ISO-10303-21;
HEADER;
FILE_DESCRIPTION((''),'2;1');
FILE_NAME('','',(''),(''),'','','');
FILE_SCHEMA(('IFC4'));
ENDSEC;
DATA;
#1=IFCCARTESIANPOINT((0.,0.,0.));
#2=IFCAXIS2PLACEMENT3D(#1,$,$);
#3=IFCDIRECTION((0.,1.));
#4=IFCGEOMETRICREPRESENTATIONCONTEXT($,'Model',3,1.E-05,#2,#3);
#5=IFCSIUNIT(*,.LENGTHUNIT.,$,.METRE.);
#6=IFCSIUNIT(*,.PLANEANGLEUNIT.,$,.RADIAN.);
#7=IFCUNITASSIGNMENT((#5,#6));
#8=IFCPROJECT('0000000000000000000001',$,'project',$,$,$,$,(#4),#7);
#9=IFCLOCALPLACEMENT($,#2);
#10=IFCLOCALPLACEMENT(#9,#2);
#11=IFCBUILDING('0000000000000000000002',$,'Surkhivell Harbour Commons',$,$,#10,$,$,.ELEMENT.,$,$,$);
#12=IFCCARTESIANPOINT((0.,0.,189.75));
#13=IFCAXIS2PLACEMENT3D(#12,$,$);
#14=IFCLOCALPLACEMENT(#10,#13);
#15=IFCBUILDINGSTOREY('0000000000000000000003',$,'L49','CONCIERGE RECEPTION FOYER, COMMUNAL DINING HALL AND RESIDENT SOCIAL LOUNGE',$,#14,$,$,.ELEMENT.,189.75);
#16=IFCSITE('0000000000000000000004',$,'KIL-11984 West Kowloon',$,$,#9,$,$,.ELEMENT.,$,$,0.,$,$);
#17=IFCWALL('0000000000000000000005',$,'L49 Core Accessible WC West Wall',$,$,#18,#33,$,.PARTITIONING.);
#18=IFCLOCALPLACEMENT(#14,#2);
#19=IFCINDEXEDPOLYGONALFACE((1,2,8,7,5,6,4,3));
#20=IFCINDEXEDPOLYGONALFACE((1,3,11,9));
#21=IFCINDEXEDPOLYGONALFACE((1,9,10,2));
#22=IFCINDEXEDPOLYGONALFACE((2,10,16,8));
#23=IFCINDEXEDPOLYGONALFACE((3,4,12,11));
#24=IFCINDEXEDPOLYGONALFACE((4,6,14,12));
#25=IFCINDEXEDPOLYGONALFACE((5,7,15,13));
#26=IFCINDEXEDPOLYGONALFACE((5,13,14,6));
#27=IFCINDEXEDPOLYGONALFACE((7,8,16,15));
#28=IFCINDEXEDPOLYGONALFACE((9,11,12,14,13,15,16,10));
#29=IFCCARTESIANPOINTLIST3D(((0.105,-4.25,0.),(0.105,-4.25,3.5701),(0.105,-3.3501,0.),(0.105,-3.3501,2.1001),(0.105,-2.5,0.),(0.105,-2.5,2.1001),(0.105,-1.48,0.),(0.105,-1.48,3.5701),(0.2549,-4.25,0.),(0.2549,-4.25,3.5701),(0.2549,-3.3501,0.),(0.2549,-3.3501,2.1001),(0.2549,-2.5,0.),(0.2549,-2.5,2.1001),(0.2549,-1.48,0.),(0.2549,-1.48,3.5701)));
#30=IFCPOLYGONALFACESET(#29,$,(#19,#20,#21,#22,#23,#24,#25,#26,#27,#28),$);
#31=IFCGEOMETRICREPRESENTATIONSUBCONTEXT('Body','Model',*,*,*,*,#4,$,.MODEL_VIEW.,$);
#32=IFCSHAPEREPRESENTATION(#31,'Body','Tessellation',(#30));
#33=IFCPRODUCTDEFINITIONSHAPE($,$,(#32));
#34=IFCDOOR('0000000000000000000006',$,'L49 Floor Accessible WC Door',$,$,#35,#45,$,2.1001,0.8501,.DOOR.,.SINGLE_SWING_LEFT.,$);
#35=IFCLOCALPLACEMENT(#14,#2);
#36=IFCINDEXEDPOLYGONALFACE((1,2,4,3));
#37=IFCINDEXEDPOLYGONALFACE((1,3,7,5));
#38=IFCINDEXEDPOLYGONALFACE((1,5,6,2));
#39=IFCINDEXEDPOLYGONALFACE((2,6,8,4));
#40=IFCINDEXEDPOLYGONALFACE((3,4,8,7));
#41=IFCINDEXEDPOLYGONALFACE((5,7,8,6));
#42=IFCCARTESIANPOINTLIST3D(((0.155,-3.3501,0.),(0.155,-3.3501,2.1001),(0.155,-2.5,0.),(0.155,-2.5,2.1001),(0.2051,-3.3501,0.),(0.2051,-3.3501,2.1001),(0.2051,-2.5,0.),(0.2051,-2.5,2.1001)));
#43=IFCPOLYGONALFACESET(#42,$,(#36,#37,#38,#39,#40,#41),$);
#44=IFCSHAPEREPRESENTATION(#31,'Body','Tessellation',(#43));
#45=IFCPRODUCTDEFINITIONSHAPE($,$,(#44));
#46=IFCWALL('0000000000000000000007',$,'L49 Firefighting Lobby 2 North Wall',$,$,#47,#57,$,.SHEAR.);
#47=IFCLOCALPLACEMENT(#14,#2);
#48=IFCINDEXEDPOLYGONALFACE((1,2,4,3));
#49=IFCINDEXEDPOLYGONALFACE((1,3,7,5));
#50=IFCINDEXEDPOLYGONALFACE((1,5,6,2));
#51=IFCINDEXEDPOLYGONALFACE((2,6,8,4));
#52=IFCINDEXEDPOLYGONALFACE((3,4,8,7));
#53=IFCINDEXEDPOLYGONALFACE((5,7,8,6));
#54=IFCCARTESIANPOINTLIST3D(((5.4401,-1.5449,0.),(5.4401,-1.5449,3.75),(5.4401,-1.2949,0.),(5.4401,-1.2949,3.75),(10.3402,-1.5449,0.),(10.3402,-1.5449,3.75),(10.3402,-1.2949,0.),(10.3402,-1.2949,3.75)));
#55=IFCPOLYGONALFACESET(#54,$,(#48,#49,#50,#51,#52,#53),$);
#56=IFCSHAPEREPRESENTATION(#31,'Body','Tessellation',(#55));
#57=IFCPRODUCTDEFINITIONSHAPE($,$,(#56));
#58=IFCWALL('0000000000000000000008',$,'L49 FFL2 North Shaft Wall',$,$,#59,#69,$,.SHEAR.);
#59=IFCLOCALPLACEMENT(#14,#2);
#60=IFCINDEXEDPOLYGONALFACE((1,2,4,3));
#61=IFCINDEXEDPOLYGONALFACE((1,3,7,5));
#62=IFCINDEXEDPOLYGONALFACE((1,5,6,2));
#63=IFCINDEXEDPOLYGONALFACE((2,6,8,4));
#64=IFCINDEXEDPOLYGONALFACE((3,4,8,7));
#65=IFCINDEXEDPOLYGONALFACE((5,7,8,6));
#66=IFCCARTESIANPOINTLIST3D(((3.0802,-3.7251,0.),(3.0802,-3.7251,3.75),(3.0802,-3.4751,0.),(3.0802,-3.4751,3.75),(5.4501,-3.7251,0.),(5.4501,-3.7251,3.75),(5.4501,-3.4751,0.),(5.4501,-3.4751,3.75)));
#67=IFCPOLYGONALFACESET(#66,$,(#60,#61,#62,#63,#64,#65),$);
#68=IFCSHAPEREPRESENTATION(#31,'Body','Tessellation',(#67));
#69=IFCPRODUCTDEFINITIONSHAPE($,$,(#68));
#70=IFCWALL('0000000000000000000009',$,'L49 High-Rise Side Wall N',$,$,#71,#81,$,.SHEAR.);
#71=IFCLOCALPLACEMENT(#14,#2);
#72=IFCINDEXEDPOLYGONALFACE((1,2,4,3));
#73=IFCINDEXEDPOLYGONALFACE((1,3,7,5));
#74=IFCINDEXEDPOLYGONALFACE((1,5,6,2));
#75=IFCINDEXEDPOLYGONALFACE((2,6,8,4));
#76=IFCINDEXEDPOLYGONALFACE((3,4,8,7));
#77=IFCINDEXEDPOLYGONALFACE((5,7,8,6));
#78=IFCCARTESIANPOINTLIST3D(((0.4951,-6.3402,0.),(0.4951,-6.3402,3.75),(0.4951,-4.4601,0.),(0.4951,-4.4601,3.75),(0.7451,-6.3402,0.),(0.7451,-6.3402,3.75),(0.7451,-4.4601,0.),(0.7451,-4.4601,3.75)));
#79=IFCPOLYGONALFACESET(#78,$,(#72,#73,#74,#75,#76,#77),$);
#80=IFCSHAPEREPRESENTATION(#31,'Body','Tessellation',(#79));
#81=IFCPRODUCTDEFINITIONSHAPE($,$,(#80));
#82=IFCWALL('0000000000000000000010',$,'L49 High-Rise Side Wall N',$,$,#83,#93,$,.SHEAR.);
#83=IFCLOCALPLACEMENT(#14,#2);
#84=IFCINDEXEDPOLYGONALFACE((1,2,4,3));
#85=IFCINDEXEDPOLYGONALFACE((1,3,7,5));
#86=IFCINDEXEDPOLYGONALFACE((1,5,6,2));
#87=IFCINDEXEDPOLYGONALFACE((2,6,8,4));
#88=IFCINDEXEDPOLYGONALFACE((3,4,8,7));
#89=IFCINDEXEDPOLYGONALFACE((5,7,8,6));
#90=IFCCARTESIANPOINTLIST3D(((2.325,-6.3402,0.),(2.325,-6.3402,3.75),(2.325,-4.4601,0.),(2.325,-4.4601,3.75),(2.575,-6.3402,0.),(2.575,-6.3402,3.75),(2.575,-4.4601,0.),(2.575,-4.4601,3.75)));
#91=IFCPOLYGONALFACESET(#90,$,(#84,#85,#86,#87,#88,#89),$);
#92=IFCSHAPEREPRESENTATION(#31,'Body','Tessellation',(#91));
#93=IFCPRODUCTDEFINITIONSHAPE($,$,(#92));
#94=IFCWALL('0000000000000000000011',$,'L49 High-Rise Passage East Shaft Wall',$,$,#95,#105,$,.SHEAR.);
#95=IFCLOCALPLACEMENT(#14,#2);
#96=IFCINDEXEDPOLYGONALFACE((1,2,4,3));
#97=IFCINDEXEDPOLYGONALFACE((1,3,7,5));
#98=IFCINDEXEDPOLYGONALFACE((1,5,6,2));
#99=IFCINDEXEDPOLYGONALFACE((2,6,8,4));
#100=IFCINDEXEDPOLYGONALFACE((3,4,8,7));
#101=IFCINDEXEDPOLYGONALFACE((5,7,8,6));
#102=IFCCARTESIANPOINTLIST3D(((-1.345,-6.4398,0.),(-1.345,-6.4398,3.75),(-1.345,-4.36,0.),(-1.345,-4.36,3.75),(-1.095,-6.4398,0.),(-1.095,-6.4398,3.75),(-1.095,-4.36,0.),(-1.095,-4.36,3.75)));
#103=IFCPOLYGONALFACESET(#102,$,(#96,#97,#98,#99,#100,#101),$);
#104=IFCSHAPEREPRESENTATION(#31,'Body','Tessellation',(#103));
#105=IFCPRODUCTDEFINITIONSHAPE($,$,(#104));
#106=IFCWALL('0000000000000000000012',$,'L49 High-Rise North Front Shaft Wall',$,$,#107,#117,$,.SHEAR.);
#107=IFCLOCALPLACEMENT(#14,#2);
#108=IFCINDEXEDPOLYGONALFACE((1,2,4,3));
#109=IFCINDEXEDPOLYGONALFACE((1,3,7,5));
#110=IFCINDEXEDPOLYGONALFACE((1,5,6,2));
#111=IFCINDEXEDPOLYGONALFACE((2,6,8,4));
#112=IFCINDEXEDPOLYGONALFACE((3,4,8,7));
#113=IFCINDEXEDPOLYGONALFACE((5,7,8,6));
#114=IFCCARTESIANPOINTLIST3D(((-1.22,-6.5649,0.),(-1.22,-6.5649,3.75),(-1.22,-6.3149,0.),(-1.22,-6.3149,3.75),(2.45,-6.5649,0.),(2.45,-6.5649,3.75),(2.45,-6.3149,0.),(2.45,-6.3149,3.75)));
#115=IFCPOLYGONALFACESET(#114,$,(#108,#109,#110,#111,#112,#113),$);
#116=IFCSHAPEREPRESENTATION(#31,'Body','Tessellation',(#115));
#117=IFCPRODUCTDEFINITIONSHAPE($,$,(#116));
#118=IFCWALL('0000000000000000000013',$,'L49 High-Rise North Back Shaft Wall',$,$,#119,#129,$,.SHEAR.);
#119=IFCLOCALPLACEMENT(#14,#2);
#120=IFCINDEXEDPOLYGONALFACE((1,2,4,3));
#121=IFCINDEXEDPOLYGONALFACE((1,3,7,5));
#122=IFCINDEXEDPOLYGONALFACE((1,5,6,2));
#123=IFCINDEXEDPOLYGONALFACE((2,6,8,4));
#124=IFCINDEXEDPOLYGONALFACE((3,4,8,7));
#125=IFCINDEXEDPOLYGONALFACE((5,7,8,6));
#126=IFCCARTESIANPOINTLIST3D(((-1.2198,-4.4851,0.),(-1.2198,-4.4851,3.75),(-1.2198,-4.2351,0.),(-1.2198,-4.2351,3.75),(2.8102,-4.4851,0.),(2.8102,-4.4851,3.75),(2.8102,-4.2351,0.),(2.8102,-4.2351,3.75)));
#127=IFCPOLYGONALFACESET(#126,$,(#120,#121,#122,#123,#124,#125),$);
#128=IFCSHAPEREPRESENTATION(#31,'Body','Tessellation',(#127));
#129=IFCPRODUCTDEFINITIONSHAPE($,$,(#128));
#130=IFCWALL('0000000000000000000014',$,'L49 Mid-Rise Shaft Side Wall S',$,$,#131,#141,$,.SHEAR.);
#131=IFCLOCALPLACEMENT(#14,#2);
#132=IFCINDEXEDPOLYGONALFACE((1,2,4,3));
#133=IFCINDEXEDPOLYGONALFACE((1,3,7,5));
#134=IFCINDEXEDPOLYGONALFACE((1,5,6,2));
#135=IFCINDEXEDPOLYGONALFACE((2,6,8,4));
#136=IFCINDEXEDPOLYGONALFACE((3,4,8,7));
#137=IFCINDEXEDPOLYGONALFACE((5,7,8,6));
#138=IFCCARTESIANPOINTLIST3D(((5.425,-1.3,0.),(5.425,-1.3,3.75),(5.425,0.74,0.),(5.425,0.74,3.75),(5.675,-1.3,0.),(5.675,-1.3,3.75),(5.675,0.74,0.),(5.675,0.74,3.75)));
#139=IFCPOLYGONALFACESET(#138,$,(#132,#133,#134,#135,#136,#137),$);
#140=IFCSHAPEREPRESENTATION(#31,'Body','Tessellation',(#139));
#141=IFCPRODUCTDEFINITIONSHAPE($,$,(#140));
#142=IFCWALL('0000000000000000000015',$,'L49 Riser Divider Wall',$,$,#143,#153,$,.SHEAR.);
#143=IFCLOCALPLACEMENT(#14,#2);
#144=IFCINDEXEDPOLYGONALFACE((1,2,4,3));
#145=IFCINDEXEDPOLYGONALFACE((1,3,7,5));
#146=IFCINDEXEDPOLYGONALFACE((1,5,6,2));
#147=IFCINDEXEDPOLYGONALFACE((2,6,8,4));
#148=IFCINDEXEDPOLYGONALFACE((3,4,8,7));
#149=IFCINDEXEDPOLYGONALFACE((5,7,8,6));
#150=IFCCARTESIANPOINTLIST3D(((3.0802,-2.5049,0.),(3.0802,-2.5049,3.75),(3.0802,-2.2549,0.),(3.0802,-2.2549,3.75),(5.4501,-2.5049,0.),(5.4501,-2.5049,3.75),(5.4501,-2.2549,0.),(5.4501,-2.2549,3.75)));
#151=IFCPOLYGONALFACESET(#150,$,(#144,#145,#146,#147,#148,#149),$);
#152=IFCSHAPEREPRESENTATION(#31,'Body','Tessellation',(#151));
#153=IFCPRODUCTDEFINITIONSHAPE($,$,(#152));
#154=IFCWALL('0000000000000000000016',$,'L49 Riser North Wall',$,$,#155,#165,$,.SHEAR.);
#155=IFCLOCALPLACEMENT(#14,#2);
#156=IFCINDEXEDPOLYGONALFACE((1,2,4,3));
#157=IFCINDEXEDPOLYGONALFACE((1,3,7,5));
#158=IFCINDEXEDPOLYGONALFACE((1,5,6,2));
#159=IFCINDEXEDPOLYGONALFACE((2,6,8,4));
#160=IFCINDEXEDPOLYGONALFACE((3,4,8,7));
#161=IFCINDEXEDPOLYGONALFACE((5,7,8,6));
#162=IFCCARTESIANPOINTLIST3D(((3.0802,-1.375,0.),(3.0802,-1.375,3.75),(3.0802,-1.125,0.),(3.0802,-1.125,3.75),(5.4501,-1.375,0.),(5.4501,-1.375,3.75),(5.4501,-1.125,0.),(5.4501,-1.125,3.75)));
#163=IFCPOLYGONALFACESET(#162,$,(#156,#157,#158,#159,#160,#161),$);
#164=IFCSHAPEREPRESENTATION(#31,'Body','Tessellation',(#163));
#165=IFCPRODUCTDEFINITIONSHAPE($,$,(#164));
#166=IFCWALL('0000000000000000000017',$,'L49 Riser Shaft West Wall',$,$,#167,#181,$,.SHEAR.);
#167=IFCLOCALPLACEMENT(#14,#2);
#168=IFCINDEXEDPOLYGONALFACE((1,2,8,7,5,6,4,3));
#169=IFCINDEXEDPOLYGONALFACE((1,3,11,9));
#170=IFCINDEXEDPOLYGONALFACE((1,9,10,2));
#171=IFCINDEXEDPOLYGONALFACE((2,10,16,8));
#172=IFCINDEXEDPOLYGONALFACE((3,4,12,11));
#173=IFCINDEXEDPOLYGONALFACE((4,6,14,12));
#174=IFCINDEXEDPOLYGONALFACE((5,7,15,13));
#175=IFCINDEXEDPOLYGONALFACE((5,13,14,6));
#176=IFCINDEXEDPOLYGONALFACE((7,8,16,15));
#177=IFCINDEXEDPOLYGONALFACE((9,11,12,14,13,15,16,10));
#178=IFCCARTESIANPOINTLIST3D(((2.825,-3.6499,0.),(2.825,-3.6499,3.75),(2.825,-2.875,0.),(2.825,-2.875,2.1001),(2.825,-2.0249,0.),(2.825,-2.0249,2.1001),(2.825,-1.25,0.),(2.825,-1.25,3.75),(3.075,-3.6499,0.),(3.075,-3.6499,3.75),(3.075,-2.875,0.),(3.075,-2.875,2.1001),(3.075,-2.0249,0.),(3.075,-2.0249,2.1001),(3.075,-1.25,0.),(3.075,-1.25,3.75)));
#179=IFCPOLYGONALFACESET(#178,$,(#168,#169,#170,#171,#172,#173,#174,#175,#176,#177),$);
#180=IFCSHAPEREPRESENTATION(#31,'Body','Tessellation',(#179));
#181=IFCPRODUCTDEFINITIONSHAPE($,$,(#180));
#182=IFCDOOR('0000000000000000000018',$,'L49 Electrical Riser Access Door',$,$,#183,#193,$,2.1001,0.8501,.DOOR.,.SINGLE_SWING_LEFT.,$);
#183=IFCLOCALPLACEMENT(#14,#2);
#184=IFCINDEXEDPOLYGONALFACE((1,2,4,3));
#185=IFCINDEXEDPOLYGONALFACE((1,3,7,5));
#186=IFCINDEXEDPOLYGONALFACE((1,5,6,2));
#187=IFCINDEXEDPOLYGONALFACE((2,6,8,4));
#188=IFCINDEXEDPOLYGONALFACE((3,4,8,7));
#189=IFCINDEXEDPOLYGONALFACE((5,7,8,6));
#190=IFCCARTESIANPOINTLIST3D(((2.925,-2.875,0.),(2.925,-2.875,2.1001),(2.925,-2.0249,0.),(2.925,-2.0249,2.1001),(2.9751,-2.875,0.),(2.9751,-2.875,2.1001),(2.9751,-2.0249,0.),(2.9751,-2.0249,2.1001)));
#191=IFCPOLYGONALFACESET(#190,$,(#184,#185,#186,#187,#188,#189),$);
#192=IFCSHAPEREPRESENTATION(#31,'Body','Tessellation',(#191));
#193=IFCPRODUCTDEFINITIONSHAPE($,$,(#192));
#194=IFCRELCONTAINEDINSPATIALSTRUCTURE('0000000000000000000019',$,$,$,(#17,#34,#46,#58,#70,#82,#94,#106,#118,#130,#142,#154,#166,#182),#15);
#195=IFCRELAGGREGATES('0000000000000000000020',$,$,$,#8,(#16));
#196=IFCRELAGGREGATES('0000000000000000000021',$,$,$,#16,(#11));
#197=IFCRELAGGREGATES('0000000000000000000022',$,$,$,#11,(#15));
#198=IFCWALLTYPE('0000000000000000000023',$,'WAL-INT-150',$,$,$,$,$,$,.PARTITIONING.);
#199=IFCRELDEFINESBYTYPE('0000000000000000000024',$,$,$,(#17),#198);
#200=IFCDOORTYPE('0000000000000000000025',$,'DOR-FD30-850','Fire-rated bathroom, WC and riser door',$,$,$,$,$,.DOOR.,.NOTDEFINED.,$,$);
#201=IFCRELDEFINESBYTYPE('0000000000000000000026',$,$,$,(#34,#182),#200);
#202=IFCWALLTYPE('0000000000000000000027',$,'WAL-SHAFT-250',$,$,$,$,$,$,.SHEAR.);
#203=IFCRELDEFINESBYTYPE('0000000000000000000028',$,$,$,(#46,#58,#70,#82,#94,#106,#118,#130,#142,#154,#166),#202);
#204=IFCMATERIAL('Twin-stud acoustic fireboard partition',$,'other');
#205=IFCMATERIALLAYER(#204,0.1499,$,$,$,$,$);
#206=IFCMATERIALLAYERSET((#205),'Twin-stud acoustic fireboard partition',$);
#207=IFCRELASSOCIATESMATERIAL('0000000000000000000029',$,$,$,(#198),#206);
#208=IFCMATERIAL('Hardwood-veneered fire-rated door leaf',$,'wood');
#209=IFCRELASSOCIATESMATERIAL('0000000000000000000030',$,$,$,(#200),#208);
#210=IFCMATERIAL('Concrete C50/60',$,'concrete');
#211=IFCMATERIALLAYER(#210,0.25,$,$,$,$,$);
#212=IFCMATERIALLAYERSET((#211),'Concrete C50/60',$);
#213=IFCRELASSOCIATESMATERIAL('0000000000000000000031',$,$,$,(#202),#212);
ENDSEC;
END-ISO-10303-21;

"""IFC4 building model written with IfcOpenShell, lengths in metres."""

from ifc_helpers import new_model, si_unit, direction, frame, frame_2d, origin, place, context, subcontext, project, spatial, rectangle, extrude, material, layer, layer_set, type_object, element, fill, save


model = new_model("IFC4")

# Units and contexts
model_context = context("Model", 3, precision=1e-05, world=origin(), true_north=direction((0.0, 1.0)))
body_context = subcontext(model_context, "Body", "Model", "MODEL_VIEW")
ifc_project = project(units=[si_unit("LENGTHUNIT", "METRE"), si_unit("PLANEANGLEUNIT", "RADIAN")], contexts=[model_context])

# Site, building, storey
site_placement = place(None, origin())
site = spatial("IfcSite", under=ifc_project, at=site_placement, Name="KIL-11984 West Kowloon", CompositionType="ELEMENT", RefElevation=0.0)
building_placement = place(site_placement, origin())
building = spatial("IfcBuilding", under=site, at=building_placement, Name="Surkhivell Harbour Commons", CompositionType="ELEMENT")
storey_placement = place(building_placement, frame((0.0, 0.0, 189.75)))
storey = spatial("IfcBuildingStorey", under=building, at=storey_placement, Name="L49", Description="CONCIERGE RECEPTION FOYER, COMMUNAL DINING HALL AND RESIDENT SOCIAL LOUNGE", CompositionType="ELEMENT", Elevation=189.75)

# Shared definitions
ifc_material_1 = material(Name="Twin-stud acoustic fireboard partition", Category="other")
ifc_layer_1 = layer(ifc_material_1, 0.1499)
ifc_layer_set_1 = layer_set([ifc_layer_1], Name="Twin-stud acoustic fireboard partition")
wall_type_1 = type_object("IfcWallType", Name="WAL-INT-150", PredefinedType="PARTITIONING", material=ifc_layer_set_1)

# Wall, opening, door
wall_1_placement = place(storey_placement, frame((0.1799, -4.25, 0.0), z_axis=(0.0, 0.0, 1.0), x_axis=(0.0, 1.0, 0.0)))
wall_1 = element("IfcWall", 1, at=wall_1_placement, inside=storey, type_object=wall_type_1, Name="L49 Core Accessible WC West Wall", PredefinedType="PARTITIONING", context=body_context, shape_type="SweptSolid", body=[
    extrude(rectangle(XDim=2.77, YDim=0.1499, at=frame_2d((1.385, 0.0))), origin(), (0.0, 0.0, 1.0), 3.5701),
])
opening_1_placement = place(wall_1_placement, frame((0.8999, 0.0, 0.0)))
opening_1 = element("IfcOpeningElement", 2, at=opening_1_placement, cuts=wall_1, PredefinedType="OPENING", context=body_context, shape_type="SweptSolid", body=[
    extrude(rectangle(XDim=0.8501, YDim=2.1001, at=frame_2d((0.425, 1.05))), frame((0.0, 0.085, 0.0), z_axis=(0.0, -1.0, 0.0), x_axis=(1.0, 0.0, 0.0)), (0.0, 0.0, 1.0), 0.1699),
])
ifc_material_2 = material(Name="Hardwood-veneered fire-rated door leaf", Category="wood")
door_type = type_object("IfcDoorType", Name="DOR-FD30-850", Description="Fire-rated bathroom, WC and riser door", OperationType="NOTDEFINED", PredefinedType="DOOR", material=ifc_material_2)
door_1_placement = place(opening_1_placement, origin())
door_1 = element("IfcDoor", 3, at=door_1_placement, inside=storey, type_object=door_type, Name="L49 Floor Accessible WC Door", OperationType="SINGLE_SWING_LEFT", OverallHeight=2.1001, OverallWidth=0.8501, PredefinedType="DOOR", context=body_context, shape_type="SweptSolid", body=[
    extrude(rectangle(XDim=0.8501, YDim=2.1001, at=frame_2d((0.425, 1.05))), frame((0.0, 0.0249, 0.0), z_axis=(0.0, -1.0, 0.0), x_axis=(1.0, 0.0, 0.0)), (0.0, 0.0, 1.0), 0.05),
])
fill(opening_1, door_1)

# Walls
ifc_material_3 = material(Name="Concrete C50/60", Category="concrete")
ifc_layer_2 = layer(ifc_material_3, 0.25)
ifc_layer_set_2 = layer_set([ifc_layer_2], Name="Concrete C50/60")
wall_type_2 = type_object("IfcWallType", Name="WAL-SHAFT-250", PredefinedType="SHEAR", material=ifc_layer_set_2)
wall_2_placement = place(storey_placement, frame((5.4399, -1.4199, 0.0), z_axis=(0.0, 0.0, 1.0), x_axis=(1.0, 0.0, 0.0)))
element("IfcWall", 4, at=wall_2_placement, inside=storey, type_object=wall_type_2, Name="L49 Firefighting Lobby 2 North Wall", PredefinedType="SHEAR", context=body_context, shape_type="SweptSolid", body=[
    extrude(rectangle(XDim=4.9001, YDim=0.25, at=frame_2d((2.4502, 0.0))), origin(), (0.0, 0.0, 1.0), 3.75),
])
wall_3_placement = place(storey_placement, frame((3.0801, -3.6001, 0.0), z_axis=(0.0, 0.0, 1.0), x_axis=(1.0, 0.0, 0.0)))
element("IfcWall", 5, at=wall_3_placement, inside=storey, type_object=wall_type_2, Name="L49 FFL2 North Shaft Wall", PredefinedType="SHEAR", context=body_context, shape_type="SweptSolid", body=[
    extrude(rectangle(XDim=2.3699, YDim=0.25, at=frame_2d((1.1851, 0.0))), origin(), (0.0, 0.0, 1.0), 3.75),
])
for number, where, z_axis, x_axis, name in (
    (6, (0.6201, -6.3401, 0.0), (0.0, 0.0, 1.0), (0.0, 1.0, 0.0), "L49 High-Rise Side Wall N"),
    (7, (2.45, -6.3401, 0.0), (0.0, 0.0, 1.0), (0.0, 1.0, 0.0), "L49 High-Rise Side Wall N"),
):
    element("IfcWall", number, at=place(storey_placement, frame(where, z_axis=z_axis, x_axis=x_axis)), inside=storey, type_object=wall_type_2, Name=name, PredefinedType="SHEAR", context=body_context, shape_type="SweptSolid", body=[
        extrude(rectangle(XDim=1.8801, YDim=0.25, at=frame_2d((0.9399, 0.0))), origin(), (0.0, 0.0, 1.0), 3.75),
    ])
wall_4_placement = place(storey_placement, frame((-1.22, -6.4399, 0.0), z_axis=(0.0, 0.0, 1.0), x_axis=(0.0, 1.0, 0.0)))
element("IfcWall", 8, at=wall_4_placement, inside=storey, type_object=wall_type_2, Name="L49 High-Rise Passage East Shaft Wall", PredefinedType="SHEAR", context=body_context, shape_type="SweptSolid", body=[
    extrude(rectangle(XDim=2.0798, YDim=0.25, at=frame_2d((1.04, 0.0))), origin(), (0.0, 0.0, 1.0), 3.75),
])
wall_5_placement = place(storey_placement, frame((-1.22, -6.4399, 0.0), z_axis=(0.0, 0.0, 1.0), x_axis=(1.0, 0.0, 0.0)))
element("IfcWall", 9, at=wall_5_placement, inside=storey, type_object=wall_type_2, Name="L49 High-Rise North Front Shaft Wall", PredefinedType="SHEAR", context=body_context, shape_type="SweptSolid", body=[
    extrude(rectangle(XDim=3.6699, YDim=0.25, at=frame_2d((1.835, 0.0))), origin(), (0.0, 0.0, 1.0), 3.75),
])
wall_6_placement = place(storey_placement, frame((-1.22, -4.3601, 0.0), z_axis=(0.0, 0.0, 1.0), x_axis=(1.0, 0.0, 0.0)))
element("IfcWall", 10, at=wall_6_placement, inside=storey, type_object=wall_type_2, Name="L49 High-Rise North Back Shaft Wall", PredefinedType="SHEAR", context=body_context, shape_type="SweptSolid", body=[
    extrude(rectangle(XDim=4.03, YDim=0.25, at=frame_2d((2.0151, 0.0))), origin(), (0.0, 0.0, 1.0), 3.75),
])
wall_7_placement = place(storey_placement, frame((5.55, -1.3, 0.0), z_axis=(0.0, 0.0, 1.0), x_axis=(0.0, 1.0, 0.0)))
element("IfcWall", 11, at=wall_7_placement, inside=storey, type_object=wall_type_2, Name="L49 Mid-Rise Shaft Side Wall S", PredefinedType="SHEAR", context=body_context, shape_type="SweptSolid", body=[
    extrude(rectangle(XDim=2.04, YDim=0.25, at=frame_2d((1.02, 0.0))), origin(), (0.0, 0.0, 1.0), 3.75),
])
for number, where, z_axis, x_axis, name in (
    (12, (3.0801, -2.3799, 0.0), (0.0, 0.0, 1.0), (1.0, 0.0, 0.0), "L49 Riser Divider Wall"),
    (13, (3.0801, -1.25, 0.0), (0.0, 0.0, 1.0), (1.0, 0.0, 0.0), "L49 Riser North Wall"),
):
    element("IfcWall", number, at=place(storey_placement, frame(where, z_axis=z_axis, x_axis=x_axis)), inside=storey, type_object=wall_type_2, Name=name, PredefinedType="SHEAR", context=body_context, shape_type="SweptSolid", body=[
        extrude(rectangle(XDim=2.3699, YDim=0.25, at=frame_2d((1.1851, 0.0))), origin(), (0.0, 0.0, 1.0), 3.75),
    ])

# Wall, opening, door
wall_8_placement = place(storey_placement, frame((2.95, -3.6499, 0.0), z_axis=(0.0, 0.0, 1.0), x_axis=(0.0, 1.0, 0.0)))
wall_8 = element("IfcWall", 14, at=wall_8_placement, inside=storey, type_object=wall_type_2, Name="L49 Riser Shaft West Wall", PredefinedType="SHEAR", context=body_context, shape_type="SweptSolid", body=[
    extrude(rectangle(XDim=2.3999, YDim=0.25, at=frame_2d((1.2, 0.0))), origin(), (0.0, 0.0, 1.0), 3.75),
])
opening_2_placement = place(wall_8_placement, frame((0.7749, 0.0, 0.0)))
opening_2 = element("IfcOpeningElement", 15, at=opening_2_placement, cuts=wall_8, PredefinedType="OPENING", context=body_context, shape_type="SweptSolid", body=[
    extrude(rectangle(XDim=0.8501, YDim=2.1001, at=frame_2d((0.425, 1.05))), frame((0.0, 0.135, 0.0), z_axis=(0.0, -1.0, 0.0), x_axis=(1.0, 0.0, 0.0)), (0.0, 0.0, 1.0), 0.27),
])
door_2_placement = place(opening_2_placement, origin())
door_2 = element("IfcDoor", 16, at=door_2_placement, inside=storey, type_object=door_type, Name="L49 Electrical Riser Access Door", OperationType="SINGLE_SWING_LEFT", OverallHeight=2.1001, OverallWidth=0.8501, PredefinedType="DOOR", context=body_context, shape_type="SweptSolid", body=[
    extrude(rectangle(XDim=0.8501, YDim=2.1001, at=frame_2d((0.425, 1.05))), frame((0.0, 0.0249, 0.0), z_axis=(0.0, -1.0, 0.0), x_axis=(1.0, 0.0, 0.0)), (0.0, 0.0, 1.0), 0.05),
])
fill(opening_2, door_2)

save(model, "model.ifc")
